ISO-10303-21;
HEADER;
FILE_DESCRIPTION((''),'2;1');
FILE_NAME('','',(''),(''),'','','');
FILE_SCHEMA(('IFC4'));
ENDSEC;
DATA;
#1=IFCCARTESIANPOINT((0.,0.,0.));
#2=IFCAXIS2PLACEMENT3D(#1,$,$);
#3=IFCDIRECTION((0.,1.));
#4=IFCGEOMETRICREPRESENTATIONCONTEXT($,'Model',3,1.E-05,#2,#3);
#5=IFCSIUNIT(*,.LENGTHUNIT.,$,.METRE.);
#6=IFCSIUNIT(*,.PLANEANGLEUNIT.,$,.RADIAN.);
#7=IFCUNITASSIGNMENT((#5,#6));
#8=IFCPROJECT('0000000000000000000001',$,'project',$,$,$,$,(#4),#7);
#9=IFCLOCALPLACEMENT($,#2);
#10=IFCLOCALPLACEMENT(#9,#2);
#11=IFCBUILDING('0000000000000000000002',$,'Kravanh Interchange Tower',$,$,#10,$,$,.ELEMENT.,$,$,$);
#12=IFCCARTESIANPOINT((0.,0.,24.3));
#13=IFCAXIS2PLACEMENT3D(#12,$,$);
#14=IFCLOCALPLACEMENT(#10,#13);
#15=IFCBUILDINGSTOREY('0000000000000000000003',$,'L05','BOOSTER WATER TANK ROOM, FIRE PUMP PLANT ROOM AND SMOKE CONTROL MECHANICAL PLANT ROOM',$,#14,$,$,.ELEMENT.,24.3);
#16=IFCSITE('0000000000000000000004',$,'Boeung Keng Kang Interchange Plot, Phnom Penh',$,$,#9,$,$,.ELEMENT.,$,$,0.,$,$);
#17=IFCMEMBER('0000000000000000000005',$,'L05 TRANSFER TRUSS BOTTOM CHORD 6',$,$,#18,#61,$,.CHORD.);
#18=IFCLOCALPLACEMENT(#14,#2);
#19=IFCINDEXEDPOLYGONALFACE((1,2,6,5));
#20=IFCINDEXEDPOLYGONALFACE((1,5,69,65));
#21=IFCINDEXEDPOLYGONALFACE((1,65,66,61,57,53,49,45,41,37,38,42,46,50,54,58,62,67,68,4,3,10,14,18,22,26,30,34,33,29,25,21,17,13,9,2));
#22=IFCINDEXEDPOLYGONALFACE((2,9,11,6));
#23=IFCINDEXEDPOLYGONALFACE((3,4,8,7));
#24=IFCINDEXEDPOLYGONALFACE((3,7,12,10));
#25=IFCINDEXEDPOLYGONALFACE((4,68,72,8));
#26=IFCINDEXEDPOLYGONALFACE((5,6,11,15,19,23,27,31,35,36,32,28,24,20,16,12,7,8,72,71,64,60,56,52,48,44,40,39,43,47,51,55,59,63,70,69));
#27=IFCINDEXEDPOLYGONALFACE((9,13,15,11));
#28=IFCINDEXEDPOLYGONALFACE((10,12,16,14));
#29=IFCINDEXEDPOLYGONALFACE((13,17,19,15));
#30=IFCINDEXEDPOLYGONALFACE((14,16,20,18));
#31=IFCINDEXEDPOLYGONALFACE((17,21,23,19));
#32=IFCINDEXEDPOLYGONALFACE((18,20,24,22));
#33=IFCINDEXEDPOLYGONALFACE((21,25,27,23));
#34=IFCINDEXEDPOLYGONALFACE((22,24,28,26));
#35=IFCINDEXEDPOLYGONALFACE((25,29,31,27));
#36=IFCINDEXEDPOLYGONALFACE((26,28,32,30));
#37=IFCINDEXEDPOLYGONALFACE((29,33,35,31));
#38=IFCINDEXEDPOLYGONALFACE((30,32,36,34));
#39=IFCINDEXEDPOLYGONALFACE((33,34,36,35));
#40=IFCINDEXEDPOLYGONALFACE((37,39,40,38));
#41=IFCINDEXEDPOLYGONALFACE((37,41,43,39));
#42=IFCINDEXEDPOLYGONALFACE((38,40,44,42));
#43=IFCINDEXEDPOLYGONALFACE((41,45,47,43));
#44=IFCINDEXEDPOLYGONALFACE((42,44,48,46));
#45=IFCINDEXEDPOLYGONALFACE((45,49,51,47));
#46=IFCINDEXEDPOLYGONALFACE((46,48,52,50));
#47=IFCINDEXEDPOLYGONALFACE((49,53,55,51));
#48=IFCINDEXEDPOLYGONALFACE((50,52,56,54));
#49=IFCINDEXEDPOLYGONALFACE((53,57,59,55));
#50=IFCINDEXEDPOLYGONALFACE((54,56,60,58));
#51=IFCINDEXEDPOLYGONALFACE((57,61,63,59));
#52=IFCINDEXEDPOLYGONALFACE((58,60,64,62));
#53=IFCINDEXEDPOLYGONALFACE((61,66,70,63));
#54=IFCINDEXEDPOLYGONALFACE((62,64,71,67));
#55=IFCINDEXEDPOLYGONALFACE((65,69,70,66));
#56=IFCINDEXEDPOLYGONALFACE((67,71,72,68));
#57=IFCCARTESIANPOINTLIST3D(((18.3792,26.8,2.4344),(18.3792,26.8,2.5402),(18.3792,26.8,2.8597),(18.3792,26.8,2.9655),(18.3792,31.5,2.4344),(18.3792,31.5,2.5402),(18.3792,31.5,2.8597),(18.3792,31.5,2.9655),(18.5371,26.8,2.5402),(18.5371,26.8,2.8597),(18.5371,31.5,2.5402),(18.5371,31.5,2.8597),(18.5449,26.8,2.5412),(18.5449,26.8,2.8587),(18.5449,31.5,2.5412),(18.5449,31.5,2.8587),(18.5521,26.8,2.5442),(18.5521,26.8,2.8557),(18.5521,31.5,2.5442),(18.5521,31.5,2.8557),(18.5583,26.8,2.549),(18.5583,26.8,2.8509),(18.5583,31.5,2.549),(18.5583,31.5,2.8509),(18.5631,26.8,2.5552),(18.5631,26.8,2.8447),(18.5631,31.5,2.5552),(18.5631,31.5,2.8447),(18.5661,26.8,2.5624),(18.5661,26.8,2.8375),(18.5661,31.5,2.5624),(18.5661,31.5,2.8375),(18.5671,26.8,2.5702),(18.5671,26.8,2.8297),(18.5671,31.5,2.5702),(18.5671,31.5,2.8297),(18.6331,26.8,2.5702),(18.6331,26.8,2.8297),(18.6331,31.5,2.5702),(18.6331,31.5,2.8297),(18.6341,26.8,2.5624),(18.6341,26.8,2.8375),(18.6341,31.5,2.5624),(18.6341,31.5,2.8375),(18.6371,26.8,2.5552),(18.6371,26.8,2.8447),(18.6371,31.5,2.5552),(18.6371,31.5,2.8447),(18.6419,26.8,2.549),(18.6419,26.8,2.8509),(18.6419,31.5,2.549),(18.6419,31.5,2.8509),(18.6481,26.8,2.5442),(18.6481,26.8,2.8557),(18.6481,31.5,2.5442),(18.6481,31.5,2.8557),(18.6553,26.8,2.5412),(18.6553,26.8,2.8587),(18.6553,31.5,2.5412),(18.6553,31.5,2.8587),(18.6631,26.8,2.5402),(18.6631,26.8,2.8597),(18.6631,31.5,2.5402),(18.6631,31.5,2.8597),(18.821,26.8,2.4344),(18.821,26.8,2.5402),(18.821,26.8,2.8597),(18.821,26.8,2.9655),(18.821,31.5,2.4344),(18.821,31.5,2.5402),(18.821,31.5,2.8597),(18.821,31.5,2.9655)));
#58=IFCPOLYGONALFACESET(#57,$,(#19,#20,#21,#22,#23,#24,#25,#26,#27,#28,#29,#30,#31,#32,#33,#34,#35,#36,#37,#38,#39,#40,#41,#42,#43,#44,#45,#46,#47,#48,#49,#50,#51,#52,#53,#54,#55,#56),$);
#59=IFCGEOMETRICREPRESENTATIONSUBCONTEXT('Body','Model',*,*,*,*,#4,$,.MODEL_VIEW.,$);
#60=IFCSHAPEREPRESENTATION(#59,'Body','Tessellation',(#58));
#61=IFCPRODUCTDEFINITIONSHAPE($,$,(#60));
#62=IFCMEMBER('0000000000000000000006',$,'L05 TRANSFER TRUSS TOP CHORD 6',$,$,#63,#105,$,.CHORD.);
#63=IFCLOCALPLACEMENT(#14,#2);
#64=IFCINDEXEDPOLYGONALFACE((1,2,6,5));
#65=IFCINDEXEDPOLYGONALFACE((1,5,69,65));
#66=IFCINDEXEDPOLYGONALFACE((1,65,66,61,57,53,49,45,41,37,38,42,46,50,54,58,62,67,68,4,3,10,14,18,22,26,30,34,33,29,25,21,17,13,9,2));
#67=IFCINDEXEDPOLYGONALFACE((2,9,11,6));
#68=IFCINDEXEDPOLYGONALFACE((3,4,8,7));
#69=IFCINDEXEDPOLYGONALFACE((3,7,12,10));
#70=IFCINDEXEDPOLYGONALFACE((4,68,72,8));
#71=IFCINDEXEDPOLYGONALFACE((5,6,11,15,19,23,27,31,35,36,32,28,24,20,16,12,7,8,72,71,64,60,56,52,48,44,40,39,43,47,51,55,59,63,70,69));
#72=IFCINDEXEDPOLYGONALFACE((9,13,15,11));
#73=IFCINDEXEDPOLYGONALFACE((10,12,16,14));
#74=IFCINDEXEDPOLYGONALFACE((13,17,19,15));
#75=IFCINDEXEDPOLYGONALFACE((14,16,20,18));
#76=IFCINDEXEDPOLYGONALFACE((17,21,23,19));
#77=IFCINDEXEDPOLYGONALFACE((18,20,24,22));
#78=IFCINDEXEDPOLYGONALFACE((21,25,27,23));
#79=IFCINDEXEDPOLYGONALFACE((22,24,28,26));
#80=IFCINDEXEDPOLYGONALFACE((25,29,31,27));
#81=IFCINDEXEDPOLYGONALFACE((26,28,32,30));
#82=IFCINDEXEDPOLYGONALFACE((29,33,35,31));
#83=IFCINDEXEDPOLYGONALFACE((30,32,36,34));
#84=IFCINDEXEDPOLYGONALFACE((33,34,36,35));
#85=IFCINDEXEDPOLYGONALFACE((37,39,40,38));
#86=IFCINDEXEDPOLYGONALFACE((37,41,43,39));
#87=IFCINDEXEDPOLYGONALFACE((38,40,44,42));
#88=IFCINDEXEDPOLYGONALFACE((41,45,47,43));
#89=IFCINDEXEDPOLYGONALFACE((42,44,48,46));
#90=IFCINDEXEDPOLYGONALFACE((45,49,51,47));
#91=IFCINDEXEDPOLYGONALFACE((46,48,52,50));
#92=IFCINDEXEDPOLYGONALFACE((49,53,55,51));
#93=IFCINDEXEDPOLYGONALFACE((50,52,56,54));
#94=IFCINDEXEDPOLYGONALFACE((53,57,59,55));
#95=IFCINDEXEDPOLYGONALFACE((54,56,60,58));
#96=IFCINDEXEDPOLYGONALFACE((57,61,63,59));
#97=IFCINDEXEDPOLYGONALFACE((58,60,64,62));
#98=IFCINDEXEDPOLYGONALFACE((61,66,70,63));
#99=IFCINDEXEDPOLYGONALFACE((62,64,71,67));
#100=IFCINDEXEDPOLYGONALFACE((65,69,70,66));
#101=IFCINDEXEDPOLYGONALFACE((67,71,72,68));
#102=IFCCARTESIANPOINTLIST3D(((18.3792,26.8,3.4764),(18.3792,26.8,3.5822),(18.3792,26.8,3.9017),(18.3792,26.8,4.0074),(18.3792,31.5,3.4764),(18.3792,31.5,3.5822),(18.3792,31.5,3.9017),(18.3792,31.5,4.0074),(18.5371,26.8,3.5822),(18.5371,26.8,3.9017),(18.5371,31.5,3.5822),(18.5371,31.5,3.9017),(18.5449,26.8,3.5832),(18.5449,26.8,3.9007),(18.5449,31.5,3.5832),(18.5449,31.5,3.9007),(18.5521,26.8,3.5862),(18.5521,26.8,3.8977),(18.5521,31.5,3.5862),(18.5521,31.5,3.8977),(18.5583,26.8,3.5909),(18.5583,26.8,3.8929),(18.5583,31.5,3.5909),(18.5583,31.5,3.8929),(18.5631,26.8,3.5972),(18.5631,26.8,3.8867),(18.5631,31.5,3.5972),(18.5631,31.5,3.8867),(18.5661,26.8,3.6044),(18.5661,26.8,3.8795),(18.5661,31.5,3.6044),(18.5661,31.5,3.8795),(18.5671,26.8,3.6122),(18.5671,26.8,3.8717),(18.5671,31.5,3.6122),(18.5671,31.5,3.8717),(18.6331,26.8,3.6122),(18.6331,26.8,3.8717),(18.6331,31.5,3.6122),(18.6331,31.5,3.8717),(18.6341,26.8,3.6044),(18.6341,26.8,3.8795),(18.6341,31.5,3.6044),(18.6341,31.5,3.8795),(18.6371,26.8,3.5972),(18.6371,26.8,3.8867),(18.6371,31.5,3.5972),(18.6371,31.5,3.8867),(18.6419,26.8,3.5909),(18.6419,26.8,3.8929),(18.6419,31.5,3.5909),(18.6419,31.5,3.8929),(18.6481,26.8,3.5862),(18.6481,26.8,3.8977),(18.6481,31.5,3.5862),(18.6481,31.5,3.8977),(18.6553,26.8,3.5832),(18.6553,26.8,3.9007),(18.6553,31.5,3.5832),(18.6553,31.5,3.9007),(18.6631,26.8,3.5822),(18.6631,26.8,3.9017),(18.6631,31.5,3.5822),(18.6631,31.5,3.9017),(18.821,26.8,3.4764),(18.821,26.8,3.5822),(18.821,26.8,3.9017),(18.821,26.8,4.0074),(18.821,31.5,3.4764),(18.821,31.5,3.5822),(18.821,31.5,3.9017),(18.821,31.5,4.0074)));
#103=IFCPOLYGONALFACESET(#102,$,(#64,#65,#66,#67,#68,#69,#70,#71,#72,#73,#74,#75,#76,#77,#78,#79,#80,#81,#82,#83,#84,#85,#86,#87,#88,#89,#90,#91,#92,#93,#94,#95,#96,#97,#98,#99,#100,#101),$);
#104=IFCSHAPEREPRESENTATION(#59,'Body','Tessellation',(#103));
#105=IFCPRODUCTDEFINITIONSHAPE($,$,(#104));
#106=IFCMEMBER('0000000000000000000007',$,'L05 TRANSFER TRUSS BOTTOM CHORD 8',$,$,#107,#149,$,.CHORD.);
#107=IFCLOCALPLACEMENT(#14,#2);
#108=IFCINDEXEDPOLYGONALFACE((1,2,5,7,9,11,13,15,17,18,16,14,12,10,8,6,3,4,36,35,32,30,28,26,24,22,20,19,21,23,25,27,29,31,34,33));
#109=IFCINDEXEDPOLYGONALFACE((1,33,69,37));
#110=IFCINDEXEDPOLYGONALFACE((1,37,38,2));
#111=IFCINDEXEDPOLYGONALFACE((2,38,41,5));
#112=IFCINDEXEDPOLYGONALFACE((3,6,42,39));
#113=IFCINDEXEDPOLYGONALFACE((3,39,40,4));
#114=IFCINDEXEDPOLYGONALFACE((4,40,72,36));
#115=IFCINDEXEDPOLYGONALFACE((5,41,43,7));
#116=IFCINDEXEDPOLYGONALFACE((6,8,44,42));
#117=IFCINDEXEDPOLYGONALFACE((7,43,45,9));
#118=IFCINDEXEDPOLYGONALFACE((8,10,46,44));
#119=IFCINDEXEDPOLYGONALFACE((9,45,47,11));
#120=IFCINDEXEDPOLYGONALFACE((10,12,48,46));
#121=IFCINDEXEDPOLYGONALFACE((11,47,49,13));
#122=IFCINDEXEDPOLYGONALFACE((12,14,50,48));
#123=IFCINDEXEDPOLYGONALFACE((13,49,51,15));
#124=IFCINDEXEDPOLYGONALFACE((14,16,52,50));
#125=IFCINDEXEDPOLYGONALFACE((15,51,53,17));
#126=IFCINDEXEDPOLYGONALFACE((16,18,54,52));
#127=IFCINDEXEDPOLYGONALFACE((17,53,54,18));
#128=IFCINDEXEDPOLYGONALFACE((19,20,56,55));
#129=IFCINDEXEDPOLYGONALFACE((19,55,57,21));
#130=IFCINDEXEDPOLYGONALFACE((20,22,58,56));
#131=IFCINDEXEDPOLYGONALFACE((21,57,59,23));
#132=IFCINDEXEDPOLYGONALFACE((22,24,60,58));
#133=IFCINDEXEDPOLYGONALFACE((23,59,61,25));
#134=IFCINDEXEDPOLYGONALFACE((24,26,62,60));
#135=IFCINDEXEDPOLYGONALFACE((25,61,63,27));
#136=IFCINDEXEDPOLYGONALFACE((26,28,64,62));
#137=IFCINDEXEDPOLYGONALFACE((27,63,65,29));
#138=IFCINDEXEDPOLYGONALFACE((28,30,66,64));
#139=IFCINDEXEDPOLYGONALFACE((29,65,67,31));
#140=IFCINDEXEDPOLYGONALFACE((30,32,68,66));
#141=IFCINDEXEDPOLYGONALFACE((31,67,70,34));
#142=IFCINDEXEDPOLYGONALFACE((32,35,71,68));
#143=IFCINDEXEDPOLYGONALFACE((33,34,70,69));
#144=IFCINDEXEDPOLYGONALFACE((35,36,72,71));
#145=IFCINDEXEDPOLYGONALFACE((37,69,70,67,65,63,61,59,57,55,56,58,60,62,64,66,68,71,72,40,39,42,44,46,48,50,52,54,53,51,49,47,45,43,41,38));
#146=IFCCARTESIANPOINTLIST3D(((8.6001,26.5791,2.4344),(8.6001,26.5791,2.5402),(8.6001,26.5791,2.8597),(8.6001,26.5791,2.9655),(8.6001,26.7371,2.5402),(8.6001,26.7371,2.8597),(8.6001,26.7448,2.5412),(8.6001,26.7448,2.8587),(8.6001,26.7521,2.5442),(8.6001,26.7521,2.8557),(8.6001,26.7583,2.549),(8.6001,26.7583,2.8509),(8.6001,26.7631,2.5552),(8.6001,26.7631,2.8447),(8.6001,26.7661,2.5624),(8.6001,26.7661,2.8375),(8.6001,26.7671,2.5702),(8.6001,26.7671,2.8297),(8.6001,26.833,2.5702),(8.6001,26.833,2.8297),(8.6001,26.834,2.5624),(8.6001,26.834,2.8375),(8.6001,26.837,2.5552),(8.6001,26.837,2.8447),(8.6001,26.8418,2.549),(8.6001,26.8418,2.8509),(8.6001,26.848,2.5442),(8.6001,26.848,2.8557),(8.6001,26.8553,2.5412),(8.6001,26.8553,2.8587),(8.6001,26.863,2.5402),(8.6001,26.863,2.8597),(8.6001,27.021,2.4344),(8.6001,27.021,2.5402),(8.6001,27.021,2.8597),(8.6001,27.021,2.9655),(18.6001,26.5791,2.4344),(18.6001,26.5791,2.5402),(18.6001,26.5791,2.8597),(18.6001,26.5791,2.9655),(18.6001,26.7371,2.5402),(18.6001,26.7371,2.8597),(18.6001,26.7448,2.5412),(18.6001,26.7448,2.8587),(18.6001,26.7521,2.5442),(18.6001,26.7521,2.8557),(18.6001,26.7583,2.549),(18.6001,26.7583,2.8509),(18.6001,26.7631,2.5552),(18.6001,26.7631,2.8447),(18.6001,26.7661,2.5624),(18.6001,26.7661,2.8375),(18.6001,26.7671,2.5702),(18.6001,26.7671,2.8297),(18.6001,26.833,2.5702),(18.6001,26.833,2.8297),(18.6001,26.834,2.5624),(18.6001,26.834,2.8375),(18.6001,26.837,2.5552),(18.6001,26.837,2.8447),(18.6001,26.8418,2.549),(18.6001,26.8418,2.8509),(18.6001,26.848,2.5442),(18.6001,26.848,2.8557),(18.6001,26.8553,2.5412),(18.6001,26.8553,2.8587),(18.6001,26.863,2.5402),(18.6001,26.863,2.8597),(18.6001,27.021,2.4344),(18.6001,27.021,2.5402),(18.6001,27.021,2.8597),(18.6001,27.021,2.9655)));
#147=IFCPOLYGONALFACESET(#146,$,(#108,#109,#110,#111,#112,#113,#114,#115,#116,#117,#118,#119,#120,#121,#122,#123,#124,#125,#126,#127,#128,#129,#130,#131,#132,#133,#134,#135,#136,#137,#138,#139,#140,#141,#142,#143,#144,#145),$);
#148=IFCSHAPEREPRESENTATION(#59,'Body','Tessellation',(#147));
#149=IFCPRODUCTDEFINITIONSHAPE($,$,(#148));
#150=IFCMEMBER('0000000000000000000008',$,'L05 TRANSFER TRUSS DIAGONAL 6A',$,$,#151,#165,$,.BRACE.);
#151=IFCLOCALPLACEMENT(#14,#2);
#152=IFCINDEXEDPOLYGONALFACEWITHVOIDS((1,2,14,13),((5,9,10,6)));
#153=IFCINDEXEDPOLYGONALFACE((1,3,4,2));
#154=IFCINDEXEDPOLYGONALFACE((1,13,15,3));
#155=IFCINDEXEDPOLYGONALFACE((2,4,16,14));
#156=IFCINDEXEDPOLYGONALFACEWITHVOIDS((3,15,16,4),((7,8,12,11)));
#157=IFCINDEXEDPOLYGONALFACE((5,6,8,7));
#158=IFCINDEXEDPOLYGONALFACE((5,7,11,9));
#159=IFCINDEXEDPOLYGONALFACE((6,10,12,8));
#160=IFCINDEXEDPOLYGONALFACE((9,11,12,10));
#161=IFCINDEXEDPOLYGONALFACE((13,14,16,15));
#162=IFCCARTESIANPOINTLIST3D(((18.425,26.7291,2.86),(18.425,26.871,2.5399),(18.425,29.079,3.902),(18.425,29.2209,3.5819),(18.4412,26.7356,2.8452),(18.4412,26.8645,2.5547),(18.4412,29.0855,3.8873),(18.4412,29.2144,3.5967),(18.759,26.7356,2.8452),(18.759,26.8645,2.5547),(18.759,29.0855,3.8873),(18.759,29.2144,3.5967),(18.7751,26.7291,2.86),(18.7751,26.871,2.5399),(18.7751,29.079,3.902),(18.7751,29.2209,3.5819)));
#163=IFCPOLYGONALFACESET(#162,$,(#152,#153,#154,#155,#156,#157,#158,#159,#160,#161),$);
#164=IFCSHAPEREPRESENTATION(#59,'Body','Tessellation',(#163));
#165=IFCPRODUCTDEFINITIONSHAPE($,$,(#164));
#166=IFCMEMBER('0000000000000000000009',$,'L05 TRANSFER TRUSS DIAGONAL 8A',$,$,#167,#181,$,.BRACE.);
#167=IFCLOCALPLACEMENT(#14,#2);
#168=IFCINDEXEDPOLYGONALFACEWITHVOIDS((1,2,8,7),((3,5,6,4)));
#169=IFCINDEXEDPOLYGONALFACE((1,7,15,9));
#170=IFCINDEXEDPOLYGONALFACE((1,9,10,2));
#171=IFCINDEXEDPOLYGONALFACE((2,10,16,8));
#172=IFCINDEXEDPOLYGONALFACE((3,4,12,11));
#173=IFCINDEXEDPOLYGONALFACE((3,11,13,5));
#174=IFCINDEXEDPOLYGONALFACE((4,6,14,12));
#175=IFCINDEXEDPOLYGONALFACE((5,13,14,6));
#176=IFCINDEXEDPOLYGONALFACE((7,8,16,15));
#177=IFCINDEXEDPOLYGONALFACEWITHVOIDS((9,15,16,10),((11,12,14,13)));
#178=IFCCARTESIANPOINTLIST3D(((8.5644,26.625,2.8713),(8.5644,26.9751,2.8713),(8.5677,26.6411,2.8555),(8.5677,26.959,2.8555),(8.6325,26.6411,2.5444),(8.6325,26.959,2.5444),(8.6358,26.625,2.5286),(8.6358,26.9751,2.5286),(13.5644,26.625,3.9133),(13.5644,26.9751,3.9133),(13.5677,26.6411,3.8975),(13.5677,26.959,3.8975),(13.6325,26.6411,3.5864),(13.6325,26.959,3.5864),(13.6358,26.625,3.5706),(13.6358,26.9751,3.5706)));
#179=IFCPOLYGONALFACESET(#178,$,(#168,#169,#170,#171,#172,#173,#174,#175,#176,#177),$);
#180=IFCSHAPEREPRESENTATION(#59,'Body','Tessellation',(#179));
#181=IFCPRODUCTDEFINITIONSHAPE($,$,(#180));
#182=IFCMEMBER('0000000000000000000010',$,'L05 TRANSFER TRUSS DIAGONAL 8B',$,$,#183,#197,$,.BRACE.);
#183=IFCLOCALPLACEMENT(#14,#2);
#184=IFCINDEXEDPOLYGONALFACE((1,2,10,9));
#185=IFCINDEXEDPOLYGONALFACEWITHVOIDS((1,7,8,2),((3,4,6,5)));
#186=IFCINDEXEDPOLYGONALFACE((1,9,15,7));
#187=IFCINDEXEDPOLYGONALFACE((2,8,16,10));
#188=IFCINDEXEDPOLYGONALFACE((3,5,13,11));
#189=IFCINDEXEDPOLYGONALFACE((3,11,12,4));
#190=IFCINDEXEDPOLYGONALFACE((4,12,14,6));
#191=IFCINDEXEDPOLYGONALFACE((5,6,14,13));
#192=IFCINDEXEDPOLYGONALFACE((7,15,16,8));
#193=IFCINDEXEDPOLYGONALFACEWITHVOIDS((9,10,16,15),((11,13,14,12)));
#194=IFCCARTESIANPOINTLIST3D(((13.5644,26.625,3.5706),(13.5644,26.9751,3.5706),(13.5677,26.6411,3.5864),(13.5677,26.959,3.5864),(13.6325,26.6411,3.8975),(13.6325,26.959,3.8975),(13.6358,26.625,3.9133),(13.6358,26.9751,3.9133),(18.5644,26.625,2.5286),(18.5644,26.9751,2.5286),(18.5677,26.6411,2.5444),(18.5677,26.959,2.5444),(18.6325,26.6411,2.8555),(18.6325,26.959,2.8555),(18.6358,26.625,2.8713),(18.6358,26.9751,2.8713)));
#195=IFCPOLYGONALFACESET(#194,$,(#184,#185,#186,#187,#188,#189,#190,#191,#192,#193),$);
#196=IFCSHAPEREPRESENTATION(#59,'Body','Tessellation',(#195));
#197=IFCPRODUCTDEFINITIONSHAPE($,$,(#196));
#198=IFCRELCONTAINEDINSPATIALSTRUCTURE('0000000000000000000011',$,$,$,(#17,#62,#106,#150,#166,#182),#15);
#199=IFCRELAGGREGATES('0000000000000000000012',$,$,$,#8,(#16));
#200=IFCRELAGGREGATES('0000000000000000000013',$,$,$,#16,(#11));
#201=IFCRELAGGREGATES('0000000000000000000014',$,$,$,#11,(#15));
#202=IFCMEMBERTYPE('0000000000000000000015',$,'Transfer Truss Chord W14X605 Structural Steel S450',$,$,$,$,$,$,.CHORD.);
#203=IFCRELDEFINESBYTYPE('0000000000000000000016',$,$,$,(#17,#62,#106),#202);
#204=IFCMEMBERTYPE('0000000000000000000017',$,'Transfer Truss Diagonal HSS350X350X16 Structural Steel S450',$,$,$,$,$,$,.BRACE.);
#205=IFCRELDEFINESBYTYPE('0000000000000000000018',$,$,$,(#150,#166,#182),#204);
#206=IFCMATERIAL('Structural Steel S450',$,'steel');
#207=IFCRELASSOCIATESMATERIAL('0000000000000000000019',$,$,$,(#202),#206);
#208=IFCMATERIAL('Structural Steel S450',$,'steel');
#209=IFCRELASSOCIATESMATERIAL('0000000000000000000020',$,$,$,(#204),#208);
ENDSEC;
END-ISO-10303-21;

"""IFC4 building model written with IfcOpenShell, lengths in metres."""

from ifc_helpers import new_model, si_unit, direction, frame, origin, origin_2d, place, context, subcontext, project, spatial, hollow_rectangle, i_section, extrude, material, material_profile, profile_set, type_object, element, save


model = new_model("IFC4")

# Units and contexts
model_context = context("Model", 3, precision=1e-05, world=origin(), true_north=direction((0.0, 1.0)))
body_context = subcontext(model_context, "Body", "Model", "MODEL_VIEW")
ifc_project = project(units=[si_unit("LENGTHUNIT", "METRE"), si_unit("PLANEANGLEUNIT", "RADIAN")], contexts=[model_context])

# Site, building, storey
site_placement = place(None, origin())
site = spatial("IfcSite", under=ifc_project, at=site_placement, Name="Boeung Keng Kang Interchange Plot, Phnom Penh", CompositionType="ELEMENT", RefElevation=0.0)
building_placement = place(site_placement, origin())
building = spatial("IfcBuilding", under=site, at=building_placement, Name="Kravanh Interchange Tower", CompositionType="ELEMENT")
storey_placement = place(building_placement, frame((0.0, 0.0, 24.3)))
storey = spatial("IfcBuildingStorey", under=building, at=storey_placement, Name="L05", Description="BOOSTER WATER TANK ROOM, FIRE PUMP PLANT ROOM AND SMOKE CONTROL MECHANICAL PLANT ROOM", CompositionType="ELEMENT", Elevation=24.3)

# Members
ifc_material_1 = material(Name="Structural Steel S450", Category="steel")
ifc_material_profile_1 = material_profile(ifc_material_1, i_section(OverallWidth=0.4419, OverallDepth=0.531, WebThickness=0.0659, FlangeThickness=0.1057, FilletRadius=0.03, at=origin_2d()), Name="W14X605")
ifc_profile_set_1 = profile_set([ifc_material_profile_1], Name="Structural Steel S450")
member_type_1 = type_object("IfcMemberType", Name="Transfer Truss Chord W14X605 Structural Steel S450", PredefinedType="CHORD", material=ifc_profile_set_1)
for number, where, z_axis, x_axis, name in (
    (1, (18.6001, 26.8, 2.7), (0.0, 1.0, 0.0), (-1.0, 0.0, 0.0), "L05 TRANSFER TRUSS BOTTOM CHORD 6"),
    (2, (18.6001, 26.8, 3.7419), (0.0, 1.0, 0.0), (-1.0, 0.0, 0.0), "L05 TRANSFER TRUSS TOP CHORD 6"),
):
    element("IfcMember", number, at=place(storey_placement, frame(where, z_axis=z_axis, x_axis=x_axis)), inside=storey, type_object=member_type_1, Name=name, PredefinedType="CHORD", context=body_context, shape_type="SweptSolid", body=[
        extrude(i_section(OverallWidth=0.4419, OverallDepth=0.531, WebThickness=0.0659, FlangeThickness=0.1057, FilletRadius=0.03, at=origin_2d()), origin(), (0.0, 0.0, 1.0), 4.7),
    ])
member_1_placement = place(storey_placement, frame((8.6001, 26.8, 2.7), z_axis=(1.0, 0.0, 0.0), x_axis=(0.0, 1.0, 0.0)))
element("IfcMember", 3, at=member_1_placement, inside=storey, type_object=member_type_1, Name="L05 TRANSFER TRUSS BOTTOM CHORD 8", PredefinedType="CHORD", context=body_context, shape_type="SweptSolid", body=[
    extrude(i_section(OverallWidth=0.4419, OverallDepth=0.531, WebThickness=0.0659, FlangeThickness=0.1057, FilletRadius=0.03, at=origin_2d()), origin(), (0.0, 0.0, 1.0), 10.0),
])
ifc_material_2 = material(Name="Structural Steel S450", Category="steel")
ifc_material_profile_2 = material_profile(ifc_material_2, hollow_rectangle(XDim=0.3501, YDim=0.3501, WallThickness=0.0161, at=origin_2d()), Name="HSS350X350X16")
ifc_profile_set_2 = profile_set([ifc_material_profile_2], Name="Structural Steel S450")
member_type_2 = type_object("IfcMemberType", Name="Transfer Truss Diagonal HSS350X350X16 Structural Steel S450", PredefinedType="BRACE", material=ifc_profile_set_2)
member_2_placement = place(storey_placement, frame((18.6001, 26.8, 2.7), z_axis=(0.0, 0.914156, 0.405363), x_axis=(-1.0, 0.0, 0.0)))
element("IfcMember", 4, at=member_2_placement, inside=storey, type_object=member_type_2, Name="L05 TRANSFER TRUSS DIAGONAL 6A", PredefinedType="BRACE", context=body_context, shape_type="SweptSolid", body=[
    extrude(hollow_rectangle(XDim=0.3501, YDim=0.3501, WallThickness=0.0161, at=origin_2d()), origin(), (0.0, 0.0, 1.0), 2.5706),
])
for number, where, z_axis, x_axis, name in (
    (5, (8.6001, 26.8, 2.7), (0.978968, 0.0, 0.204015), (0.0, 1.0, 0.0), "L05 TRANSFER TRUSS DIAGONAL 8A"),
    (6, (18.6001, 26.8, 2.7), (-0.978968, 0.0, 0.204015), (0.0, -1.0, 0.0), "L05 TRANSFER TRUSS DIAGONAL 8B"),
):
    element("IfcMember", number, at=place(storey_placement, frame(where, z_axis=z_axis, x_axis=x_axis)), inside=storey, type_object=member_type_2, Name=name, PredefinedType="BRACE", context=body_context, shape_type="SweptSolid", body=[
        extrude(hollow_rectangle(XDim=0.3501, YDim=0.3501, WallThickness=0.0161, at=origin_2d()), origin(), (0.0, 0.0, 1.0), 5.1074),
    ])

save(model, "model.ifc")
